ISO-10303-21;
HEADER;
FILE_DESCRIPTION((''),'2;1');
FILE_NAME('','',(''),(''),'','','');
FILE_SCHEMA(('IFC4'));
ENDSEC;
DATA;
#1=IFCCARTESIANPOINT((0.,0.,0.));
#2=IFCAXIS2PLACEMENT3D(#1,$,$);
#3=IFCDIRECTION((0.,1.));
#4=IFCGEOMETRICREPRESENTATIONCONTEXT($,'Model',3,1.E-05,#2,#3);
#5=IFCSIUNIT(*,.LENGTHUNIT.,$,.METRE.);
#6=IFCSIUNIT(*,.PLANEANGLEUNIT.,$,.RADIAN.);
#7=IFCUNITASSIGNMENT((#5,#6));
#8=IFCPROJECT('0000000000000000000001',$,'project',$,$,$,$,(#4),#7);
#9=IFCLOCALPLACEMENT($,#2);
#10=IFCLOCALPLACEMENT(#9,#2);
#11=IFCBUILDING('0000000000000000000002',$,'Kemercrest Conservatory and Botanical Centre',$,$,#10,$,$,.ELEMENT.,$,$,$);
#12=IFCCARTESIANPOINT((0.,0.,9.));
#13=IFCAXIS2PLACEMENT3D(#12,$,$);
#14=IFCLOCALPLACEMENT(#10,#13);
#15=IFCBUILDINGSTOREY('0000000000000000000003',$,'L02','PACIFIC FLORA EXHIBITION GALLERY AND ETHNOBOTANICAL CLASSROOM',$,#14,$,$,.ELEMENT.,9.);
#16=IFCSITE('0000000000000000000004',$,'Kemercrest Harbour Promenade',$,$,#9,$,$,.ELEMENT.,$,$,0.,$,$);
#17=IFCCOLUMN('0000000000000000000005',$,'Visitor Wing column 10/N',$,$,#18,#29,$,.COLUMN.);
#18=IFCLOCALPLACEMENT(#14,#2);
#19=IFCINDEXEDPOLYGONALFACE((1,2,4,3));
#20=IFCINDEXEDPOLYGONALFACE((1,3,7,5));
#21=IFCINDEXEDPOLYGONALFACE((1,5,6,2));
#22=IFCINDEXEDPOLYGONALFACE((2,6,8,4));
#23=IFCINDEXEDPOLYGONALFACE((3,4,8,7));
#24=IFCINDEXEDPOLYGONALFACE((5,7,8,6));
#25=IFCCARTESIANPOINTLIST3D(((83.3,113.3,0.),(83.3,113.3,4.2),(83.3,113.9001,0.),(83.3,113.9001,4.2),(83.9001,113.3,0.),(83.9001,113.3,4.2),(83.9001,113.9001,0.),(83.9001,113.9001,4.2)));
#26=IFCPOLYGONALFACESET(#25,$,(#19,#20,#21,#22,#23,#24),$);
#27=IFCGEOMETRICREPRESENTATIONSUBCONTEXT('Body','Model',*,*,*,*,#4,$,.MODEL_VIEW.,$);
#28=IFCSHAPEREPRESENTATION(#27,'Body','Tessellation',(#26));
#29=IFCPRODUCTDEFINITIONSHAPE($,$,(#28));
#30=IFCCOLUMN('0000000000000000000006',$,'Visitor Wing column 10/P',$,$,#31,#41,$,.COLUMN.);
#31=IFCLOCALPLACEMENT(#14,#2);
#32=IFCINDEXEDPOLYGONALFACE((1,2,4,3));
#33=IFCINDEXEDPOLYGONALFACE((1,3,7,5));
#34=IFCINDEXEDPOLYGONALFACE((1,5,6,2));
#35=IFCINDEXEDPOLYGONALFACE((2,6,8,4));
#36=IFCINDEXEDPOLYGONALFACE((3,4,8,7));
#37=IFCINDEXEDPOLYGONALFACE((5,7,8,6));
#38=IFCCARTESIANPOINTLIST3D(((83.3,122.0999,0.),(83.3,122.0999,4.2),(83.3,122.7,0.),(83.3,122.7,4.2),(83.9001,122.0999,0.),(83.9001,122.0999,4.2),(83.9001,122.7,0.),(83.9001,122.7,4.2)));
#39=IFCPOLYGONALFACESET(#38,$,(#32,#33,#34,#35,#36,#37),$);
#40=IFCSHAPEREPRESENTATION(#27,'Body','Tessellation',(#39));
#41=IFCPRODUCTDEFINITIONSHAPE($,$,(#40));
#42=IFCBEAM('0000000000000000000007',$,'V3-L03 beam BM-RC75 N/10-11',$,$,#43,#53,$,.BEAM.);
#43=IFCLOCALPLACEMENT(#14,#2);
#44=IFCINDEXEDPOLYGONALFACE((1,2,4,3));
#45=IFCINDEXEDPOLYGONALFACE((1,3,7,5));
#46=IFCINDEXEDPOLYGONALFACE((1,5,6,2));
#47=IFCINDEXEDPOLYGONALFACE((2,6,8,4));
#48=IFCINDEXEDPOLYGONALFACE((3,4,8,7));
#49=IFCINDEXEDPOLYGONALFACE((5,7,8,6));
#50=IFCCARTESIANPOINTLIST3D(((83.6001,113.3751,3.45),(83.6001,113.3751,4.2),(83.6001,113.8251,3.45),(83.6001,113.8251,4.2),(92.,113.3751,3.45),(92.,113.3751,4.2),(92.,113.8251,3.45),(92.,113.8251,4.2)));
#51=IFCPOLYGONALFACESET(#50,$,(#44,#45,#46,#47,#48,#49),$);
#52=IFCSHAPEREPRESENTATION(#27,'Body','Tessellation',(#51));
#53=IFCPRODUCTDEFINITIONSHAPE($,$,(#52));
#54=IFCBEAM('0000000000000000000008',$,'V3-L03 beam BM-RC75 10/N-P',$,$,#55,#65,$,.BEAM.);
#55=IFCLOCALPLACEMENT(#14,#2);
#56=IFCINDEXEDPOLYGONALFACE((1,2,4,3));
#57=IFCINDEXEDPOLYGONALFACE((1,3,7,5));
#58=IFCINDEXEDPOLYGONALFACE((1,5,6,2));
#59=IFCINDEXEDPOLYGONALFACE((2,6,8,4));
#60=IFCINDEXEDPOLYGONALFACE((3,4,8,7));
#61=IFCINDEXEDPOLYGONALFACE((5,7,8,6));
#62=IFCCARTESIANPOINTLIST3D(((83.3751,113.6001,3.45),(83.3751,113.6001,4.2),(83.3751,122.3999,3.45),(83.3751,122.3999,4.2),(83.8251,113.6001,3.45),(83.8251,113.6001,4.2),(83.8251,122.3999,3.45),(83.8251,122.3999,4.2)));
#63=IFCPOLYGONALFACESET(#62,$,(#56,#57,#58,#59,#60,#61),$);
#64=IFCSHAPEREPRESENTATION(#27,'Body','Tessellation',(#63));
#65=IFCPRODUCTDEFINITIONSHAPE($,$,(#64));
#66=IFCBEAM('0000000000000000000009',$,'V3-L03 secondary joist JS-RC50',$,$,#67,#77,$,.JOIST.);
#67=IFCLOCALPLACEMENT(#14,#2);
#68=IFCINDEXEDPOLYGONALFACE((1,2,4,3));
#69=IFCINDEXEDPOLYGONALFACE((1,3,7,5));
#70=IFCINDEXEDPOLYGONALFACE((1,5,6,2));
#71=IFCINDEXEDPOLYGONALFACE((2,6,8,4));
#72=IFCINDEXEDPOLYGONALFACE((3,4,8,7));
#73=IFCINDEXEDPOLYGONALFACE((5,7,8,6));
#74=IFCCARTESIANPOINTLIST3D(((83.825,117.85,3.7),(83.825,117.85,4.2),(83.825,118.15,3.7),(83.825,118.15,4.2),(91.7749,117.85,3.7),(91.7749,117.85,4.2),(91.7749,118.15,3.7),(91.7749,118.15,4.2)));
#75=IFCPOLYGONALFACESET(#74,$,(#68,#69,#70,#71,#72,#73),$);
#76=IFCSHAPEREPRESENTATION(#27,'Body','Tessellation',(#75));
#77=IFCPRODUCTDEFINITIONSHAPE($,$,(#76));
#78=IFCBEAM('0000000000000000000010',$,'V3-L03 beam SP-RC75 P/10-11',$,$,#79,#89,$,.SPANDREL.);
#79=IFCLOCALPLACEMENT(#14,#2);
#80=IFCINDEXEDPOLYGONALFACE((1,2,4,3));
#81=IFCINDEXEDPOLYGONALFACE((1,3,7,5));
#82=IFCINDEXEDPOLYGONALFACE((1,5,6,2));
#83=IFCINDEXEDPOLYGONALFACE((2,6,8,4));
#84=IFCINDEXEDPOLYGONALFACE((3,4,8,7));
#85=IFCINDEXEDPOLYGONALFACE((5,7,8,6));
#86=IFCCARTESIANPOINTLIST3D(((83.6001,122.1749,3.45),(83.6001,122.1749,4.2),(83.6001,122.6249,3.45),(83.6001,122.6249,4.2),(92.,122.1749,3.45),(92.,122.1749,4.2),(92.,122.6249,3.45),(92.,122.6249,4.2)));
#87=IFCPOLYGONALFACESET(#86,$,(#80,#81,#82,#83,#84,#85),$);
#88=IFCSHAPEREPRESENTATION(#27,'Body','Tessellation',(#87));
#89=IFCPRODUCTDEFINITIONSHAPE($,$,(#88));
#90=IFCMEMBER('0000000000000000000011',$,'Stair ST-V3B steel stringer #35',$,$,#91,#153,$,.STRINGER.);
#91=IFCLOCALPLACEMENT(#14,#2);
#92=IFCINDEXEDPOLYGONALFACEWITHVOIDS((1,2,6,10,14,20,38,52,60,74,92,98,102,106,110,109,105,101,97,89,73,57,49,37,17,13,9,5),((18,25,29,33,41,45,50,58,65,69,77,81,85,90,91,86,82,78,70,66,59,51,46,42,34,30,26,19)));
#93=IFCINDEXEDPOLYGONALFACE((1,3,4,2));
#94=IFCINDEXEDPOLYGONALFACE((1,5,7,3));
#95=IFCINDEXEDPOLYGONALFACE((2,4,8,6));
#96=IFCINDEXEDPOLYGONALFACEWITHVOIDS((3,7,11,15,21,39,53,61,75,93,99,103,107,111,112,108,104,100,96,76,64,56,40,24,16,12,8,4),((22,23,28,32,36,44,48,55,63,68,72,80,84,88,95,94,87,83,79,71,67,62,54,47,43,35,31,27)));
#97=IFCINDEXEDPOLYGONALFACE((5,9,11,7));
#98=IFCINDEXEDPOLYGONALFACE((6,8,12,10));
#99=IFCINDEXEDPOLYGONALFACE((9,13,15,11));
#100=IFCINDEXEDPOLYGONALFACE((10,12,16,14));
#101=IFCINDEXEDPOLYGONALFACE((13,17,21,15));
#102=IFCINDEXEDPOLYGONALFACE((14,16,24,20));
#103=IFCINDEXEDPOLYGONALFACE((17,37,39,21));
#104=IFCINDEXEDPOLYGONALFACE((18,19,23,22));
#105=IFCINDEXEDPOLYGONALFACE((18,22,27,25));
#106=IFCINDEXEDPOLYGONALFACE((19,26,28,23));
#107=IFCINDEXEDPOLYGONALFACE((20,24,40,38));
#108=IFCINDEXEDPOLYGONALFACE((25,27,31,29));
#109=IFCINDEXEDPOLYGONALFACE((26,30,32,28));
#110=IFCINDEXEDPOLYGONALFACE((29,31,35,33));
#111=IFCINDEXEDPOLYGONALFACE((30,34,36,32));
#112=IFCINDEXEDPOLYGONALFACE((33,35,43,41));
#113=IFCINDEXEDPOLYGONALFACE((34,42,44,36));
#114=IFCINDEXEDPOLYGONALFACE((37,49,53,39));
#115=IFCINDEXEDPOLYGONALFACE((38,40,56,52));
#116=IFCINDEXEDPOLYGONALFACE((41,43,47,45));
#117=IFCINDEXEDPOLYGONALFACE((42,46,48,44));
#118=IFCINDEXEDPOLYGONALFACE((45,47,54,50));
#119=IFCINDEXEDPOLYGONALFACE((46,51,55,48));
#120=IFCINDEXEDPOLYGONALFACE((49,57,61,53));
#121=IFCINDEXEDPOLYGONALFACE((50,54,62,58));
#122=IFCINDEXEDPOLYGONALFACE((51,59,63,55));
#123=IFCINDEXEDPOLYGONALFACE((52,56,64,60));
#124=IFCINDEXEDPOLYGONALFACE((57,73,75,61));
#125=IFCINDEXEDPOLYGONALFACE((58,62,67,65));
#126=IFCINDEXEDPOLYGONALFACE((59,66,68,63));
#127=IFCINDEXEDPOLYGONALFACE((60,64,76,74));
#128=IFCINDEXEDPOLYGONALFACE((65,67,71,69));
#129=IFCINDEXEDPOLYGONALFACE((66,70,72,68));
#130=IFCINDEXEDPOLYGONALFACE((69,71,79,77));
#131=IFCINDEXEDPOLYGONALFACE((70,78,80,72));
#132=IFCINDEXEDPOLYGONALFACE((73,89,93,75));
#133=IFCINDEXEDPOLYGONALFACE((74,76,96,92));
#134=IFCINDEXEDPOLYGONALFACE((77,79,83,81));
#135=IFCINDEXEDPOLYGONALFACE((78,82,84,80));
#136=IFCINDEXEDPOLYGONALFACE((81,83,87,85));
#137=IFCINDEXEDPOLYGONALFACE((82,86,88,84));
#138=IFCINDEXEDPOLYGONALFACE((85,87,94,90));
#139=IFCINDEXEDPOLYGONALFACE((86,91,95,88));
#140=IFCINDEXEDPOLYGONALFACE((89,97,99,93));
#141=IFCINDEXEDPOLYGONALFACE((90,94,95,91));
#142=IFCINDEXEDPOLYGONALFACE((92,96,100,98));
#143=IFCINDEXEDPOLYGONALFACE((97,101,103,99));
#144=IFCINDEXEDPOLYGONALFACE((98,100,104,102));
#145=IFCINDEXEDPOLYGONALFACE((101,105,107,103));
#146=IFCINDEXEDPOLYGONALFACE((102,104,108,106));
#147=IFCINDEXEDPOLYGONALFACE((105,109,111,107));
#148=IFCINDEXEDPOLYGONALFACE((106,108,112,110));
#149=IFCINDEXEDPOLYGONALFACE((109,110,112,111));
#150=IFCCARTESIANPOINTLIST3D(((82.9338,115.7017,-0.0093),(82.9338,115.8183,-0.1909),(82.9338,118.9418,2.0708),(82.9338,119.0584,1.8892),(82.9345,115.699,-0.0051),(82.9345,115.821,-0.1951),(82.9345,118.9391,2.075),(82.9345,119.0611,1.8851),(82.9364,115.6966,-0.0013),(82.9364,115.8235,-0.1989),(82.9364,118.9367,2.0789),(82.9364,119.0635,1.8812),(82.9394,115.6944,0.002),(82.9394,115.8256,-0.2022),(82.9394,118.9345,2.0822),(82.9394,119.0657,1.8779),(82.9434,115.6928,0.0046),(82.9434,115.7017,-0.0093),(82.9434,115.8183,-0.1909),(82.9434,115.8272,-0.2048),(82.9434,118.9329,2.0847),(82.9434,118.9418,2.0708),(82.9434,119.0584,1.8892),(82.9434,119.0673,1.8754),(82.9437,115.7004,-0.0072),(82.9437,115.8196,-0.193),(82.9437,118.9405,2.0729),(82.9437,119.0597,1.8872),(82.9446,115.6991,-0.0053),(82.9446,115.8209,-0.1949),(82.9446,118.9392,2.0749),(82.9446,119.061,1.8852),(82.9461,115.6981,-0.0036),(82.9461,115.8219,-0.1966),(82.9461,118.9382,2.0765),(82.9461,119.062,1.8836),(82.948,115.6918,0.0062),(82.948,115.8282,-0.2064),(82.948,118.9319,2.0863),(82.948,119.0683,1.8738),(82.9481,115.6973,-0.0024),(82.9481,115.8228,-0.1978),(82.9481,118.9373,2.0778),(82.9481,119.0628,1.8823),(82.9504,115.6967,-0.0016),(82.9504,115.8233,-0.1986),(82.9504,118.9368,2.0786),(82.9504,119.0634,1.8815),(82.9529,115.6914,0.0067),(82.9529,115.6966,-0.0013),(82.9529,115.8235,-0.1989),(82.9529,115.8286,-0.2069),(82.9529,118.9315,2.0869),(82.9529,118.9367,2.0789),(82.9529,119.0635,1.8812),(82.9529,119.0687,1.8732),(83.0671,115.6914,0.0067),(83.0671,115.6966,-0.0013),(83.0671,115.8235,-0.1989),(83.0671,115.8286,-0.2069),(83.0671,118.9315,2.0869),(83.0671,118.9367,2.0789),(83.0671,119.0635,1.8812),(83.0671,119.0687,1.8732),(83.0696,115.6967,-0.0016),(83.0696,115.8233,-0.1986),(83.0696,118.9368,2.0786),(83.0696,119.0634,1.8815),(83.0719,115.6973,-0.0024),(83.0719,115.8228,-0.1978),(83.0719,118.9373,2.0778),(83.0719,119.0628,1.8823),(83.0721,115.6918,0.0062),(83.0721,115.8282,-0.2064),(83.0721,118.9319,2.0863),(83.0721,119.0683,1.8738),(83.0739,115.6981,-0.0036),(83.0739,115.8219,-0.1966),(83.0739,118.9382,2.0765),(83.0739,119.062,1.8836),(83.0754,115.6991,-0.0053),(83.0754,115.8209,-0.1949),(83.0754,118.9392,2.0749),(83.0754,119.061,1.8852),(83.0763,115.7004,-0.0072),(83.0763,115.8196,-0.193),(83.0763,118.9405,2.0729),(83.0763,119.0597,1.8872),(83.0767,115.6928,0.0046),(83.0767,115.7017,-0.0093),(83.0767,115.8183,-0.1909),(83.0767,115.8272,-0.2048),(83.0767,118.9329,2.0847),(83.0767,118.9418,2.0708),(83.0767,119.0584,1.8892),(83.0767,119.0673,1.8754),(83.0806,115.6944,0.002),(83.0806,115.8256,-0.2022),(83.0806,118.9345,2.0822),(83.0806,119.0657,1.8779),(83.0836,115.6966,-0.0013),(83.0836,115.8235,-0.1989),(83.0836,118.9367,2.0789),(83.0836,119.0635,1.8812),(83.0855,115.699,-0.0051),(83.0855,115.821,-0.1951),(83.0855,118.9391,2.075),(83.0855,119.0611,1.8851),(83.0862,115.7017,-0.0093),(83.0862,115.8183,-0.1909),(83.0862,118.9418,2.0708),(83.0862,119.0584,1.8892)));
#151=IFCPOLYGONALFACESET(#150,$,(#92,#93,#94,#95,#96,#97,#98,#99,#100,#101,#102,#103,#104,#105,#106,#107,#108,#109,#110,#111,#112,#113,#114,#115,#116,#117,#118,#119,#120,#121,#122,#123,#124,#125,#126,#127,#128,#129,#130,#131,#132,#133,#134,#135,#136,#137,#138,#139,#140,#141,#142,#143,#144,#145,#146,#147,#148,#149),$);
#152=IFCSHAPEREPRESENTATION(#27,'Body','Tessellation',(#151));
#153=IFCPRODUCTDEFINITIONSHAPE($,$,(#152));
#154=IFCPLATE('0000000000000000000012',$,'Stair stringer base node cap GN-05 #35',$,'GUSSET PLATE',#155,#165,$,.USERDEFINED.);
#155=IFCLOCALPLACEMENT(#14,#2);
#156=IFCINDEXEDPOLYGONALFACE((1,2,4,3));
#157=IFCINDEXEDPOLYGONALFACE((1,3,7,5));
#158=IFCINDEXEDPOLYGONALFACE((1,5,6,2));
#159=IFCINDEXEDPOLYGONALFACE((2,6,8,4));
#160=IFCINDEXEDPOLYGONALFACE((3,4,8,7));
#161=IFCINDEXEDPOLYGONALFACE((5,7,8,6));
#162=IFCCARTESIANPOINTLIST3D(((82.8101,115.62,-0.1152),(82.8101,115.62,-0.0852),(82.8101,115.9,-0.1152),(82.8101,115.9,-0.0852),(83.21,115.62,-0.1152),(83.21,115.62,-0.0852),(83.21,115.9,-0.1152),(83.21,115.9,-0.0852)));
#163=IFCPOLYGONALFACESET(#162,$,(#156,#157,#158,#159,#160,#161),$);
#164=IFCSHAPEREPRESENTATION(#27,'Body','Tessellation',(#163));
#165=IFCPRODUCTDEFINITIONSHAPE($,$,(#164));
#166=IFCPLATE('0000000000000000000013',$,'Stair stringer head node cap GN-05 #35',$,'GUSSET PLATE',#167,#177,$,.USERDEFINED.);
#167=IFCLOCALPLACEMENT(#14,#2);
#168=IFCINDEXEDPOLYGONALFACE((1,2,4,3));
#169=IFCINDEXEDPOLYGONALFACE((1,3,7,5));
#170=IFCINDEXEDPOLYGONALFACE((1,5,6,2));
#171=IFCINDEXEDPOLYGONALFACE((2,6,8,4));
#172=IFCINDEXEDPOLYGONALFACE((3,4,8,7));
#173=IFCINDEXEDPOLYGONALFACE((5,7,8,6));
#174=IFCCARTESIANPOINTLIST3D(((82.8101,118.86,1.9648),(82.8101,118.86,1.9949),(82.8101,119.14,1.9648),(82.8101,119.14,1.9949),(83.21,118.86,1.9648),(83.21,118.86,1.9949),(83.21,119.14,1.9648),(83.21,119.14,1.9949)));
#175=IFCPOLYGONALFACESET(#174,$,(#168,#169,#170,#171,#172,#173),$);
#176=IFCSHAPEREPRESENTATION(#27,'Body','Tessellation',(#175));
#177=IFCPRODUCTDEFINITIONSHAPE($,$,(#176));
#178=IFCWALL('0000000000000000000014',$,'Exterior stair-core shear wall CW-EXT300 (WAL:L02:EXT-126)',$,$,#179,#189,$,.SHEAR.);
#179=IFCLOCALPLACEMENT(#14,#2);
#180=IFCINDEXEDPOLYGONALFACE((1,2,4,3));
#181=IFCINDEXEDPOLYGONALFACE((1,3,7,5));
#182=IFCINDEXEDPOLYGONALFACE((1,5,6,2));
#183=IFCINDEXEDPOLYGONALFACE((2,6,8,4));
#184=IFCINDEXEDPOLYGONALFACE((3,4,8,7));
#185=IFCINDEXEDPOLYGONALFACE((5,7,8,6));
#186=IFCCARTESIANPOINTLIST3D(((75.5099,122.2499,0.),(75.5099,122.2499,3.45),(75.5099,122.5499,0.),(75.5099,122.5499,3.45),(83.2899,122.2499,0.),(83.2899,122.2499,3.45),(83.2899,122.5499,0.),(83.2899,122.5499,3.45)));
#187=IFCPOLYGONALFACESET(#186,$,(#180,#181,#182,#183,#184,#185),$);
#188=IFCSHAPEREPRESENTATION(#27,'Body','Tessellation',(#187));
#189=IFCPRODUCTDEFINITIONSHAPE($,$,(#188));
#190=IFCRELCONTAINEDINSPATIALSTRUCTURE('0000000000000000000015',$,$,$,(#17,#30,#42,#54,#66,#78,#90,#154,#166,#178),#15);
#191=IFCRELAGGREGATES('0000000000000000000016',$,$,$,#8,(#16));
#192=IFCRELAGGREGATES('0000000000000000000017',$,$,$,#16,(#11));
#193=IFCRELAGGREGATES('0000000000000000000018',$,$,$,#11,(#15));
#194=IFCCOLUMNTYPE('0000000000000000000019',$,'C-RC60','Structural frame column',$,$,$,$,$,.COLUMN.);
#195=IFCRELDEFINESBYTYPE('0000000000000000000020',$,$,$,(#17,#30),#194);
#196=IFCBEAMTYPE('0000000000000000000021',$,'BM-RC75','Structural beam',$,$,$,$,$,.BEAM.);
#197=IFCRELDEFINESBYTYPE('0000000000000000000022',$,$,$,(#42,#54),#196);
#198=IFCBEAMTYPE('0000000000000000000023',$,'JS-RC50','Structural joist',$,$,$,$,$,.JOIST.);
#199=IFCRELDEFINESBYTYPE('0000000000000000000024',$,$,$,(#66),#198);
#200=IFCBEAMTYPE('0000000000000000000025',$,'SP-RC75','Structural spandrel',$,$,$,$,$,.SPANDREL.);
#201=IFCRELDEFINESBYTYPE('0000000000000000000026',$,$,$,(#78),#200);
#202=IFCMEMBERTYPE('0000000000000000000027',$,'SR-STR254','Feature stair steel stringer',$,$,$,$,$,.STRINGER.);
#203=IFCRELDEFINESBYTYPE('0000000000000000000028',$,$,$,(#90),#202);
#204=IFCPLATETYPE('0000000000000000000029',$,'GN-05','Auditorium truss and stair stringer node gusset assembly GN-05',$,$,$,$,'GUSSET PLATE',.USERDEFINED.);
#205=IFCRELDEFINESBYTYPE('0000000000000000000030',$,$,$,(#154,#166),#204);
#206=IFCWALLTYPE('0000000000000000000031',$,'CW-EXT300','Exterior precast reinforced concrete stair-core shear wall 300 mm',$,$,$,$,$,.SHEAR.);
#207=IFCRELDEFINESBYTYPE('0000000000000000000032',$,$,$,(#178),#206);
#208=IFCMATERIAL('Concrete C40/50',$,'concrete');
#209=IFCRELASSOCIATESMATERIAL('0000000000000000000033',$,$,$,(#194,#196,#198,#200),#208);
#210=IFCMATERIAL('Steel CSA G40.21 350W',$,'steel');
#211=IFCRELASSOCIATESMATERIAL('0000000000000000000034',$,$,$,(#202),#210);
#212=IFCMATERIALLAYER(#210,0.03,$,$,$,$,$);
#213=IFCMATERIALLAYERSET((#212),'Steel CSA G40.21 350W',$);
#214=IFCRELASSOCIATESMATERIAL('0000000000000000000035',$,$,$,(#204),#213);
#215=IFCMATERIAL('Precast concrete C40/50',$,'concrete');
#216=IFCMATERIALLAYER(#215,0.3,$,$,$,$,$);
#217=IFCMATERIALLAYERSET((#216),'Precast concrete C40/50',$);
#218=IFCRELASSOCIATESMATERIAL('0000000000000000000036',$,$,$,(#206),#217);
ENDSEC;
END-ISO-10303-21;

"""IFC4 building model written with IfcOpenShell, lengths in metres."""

from ifc_helpers import new_model, si_unit, direction, frame, frame_2d, origin, origin_2d, place, context, subcontext, project, spatial, rectangle, hollow_rectangle, extrude, material, layer, layer_set, material_profile, profile_set, type_object, element, save


model = new_model("IFC4")

# Units and contexts
model_context = context("Model", 3, precision=1e-05, world=origin(), true_north=direction((0.0, 1.0)))
body_context = subcontext(model_context, "Body", "Model", "MODEL_VIEW")
ifc_project = project(units=[si_unit("LENGTHUNIT", "METRE"), si_unit("PLANEANGLEUNIT", "RADIAN")], contexts=[model_context])

# Site, building, storey
site_placement = place(None, origin())
site = spatial("IfcSite", under=ifc_project, at=site_placement, Name="Kemercrest Harbour Promenade", CompositionType="ELEMENT", RefElevation=0.0)
building_placement = place(site_placement, origin())
building = spatial("IfcBuilding", under=site, at=building_placement, Name="Kemercrest Conservatory and Botanical Centre", CompositionType="ELEMENT")
storey_placement = place(building_placement, frame((0.0, 0.0, 9.0)))
storey = spatial("IfcBuildingStorey", under=building, at=storey_placement, Name="L02", Description="PACIFIC FLORA EXHIBITION GALLERY AND ETHNOBOTANICAL CLASSROOM", CompositionType="ELEMENT", Elevation=9.0)

# Columns
ifc_material_1 = material(Name="Concrete C40/50", Category="concrete")
ifc_material_profile_1 = material_profile(ifc_material_1, rectangle(XDim=0.6001, YDim=0.6001, at=origin_2d()), Name="RC 600x600")
ifc_profile_set_1 = profile_set([ifc_material_profile_1], Name="Concrete C40/50")
column_type = type_object("IfcColumnType", Name="C-RC60", Description="Structural frame column", PredefinedType="COLUMN", material=ifc_profile_set_1)
for number, where, z_axis, x_axis, name in (
    (1, (83.6001, 113.6001, 0.0), (0.0, 0.0, 1.0), (1.0, 0.0, 0.0), "Visitor Wing column 10/N"),
    (2, (83.6001, 122.3999, 0.0), (0.0, 0.0, 1.0), (1.0, 0.0, 0.0), "Visitor Wing column 10/P"),
):
    element("IfcColumn", number, at=place(storey_placement, frame(where, z_axis=z_axis, x_axis=x_axis)), inside=storey, type_object=column_type, Name=name, PredefinedType="COLUMN", context=body_context, shape_type="SweptSolid", body=[
        extrude(rectangle(XDim=0.6001, YDim=0.6001, at=origin_2d()), origin(), (0.0, 0.0, 1.0), 4.2),
    ])

# Beams
ifc_material_profile_2 = material_profile(ifc_material_1, rectangle(XDim=0.45, YDim=0.75, at=origin_2d()), Name="RC 450x750")
ifc_profile_set_2 = profile_set([ifc_material_profile_2], Name="Concrete C40/50")
beam_type_1 = type_object("IfcBeamType", Name="BM-RC75", Description="Structural beam", PredefinedType="BEAM", material=ifc_profile_set_2)
beam_1_placement = place(storey_placement, frame((83.6001, 113.6001, 3.825), z_axis=(1.0, 0.0, 0.0), x_axis=(0.0, 1.0, 0.0)))
element("IfcBeam", 3, at=beam_1_placement, inside=storey, type_object=beam_type_1, Name="V3-L03 beam BM-RC75 N/10-11", PredefinedType="BEAM", context=body_context, shape_type="SweptSolid", body=[
    extrude(rectangle(XDim=0.45, YDim=0.75, at=origin_2d()), origin(), (0.0, 0.0, 1.0), 8.3999),
])
beam_2_placement = place(storey_placement, frame((83.6001, 113.6001, 3.825), z_axis=(0.0, 1.0, 0.0), x_axis=(-1.0, 0.0, 0.0)))
element("IfcBeam", 4, at=beam_2_placement, inside=storey, type_object=beam_type_1, Name="V3-L03 beam BM-RC75 10/N-P", PredefinedType="BEAM", context=body_context, shape_type="SweptSolid", body=[
    extrude(rectangle(XDim=0.45, YDim=0.75, at=origin_2d()), origin(), (0.0, 0.0, 1.0), 8.7998),
])
ifc_material_profile_3 = material_profile(ifc_material_1, rectangle(XDim=0.3, YDim=0.5, at=origin_2d()), Name="RC 300x500")
ifc_profile_set_3 = profile_set([ifc_material_profile_3], Name="Concrete C40/50")
beam_type_2 = type_object("IfcBeamType", Name="JS-RC50", Description="Structural joist", PredefinedType="JOIST", material=ifc_profile_set_3)
beam_3_placement = place(storey_placement, frame((83.825, 118.0, 3.95), z_axis=(1.0, 0.0, 0.0), x_axis=(0.0, 1.0, 0.0)))
element("IfcBeam", 5, at=beam_3_placement, inside=storey, type_object=beam_type_2, Name="V3-L03 secondary joist JS-RC50", PredefinedType="JOIST", context=body_context, shape_type="SweptSolid", body=[
    extrude(rectangle(XDim=0.3, YDim=0.5, at=origin_2d()), origin(), (0.0, 0.0, 1.0), 7.95),
])
ifc_material_profile_4 = material_profile(ifc_material_1, rectangle(XDim=0.45, YDim=0.75, at=origin_2d()), Name="RC 450x750")
ifc_profile_set_4 = profile_set([ifc_material_profile_4], Name="Concrete C40/50")
beam_type_3 = type_object("IfcBeamType", Name="SP-RC75", Description="Structural spandrel", PredefinedType="SPANDREL", material=ifc_profile_set_4)
beam_4_placement = place(storey_placement, frame((83.6001, 122.3999, 3.825), z_axis=(1.0, 0.0, 0.0), x_axis=(0.0, 1.0, 0.0)))
element("IfcBeam", 6, at=beam_4_placement, inside=storey, type_object=beam_type_3, Name="V3-L03 beam SP-RC75 P/10-11", PredefinedType="SPANDREL", context=body_context, shape_type="SweptSolid", body=[
    extrude(rectangle(XDim=0.45, YDim=0.75, at=origin_2d()), origin(), (0.0, 0.0, 1.0), 8.3999),
])

# Member
ifc_material_2 = material(Name="Steel CSA G40.21 350W", Category="steel")
ifc_material_profile_5 = material_profile(ifc_material_2, hollow_rectangle(XDim=0.1523, YDim=0.2539, WallThickness=0.0095, InnerFilletRadius=0.0095, OuterFilletRadius=0.019, at=origin_2d()), Name="HSS 254x152x9.5")
ifc_profile_set_5 = profile_set([ifc_material_profile_5], Name="Steel CSA G40.21 350W")
member_type = type_object("IfcMemberType", Name="SR-STR254", Description="Feature stair steel stringer", PredefinedType="STRINGER", material=ifc_profile_set_5)
member_placement = place(storey_placement, frame((83.01, 115.76, -0.1001), z_axis=(0.0, 0.841506, 0.540248), x_axis=(-1.0, 0.0, 0.0)))
element("IfcMember", 7, at=member_placement, inside=storey, type_object=member_type, Name="Stair ST-V3B steel stringer #35", PredefinedType="STRINGER", context=body_context, shape_type="SweptSolid", body=[
    extrude(hollow_rectangle(XDim=0.1523, YDim=0.2539, WallThickness=0.0095, InnerFilletRadius=0.0095, OuterFilletRadius=0.019, at=origin_2d()), origin(), (0.0, 0.0, 1.0), 3.8503),
])

# Plates
ifc_layer_1 = layer(ifc_material_2, 0.03)
ifc_layer_set_1 = layer_set([ifc_layer_1], Name="Steel CSA G40.21 350W")
plate_type = type_object("IfcPlateType", Name="GN-05", Description="Auditorium truss and stair stringer node gusset assembly GN-05", ElementType="GUSSET PLATE", PredefinedType="USERDEFINED", material=ifc_layer_set_1)
for number, where, z_axis, x_axis, name in (
    (8, (83.01, 115.76, -0.1152), (0.0, 0.0, 1.0), (1.0, 0.0, 0.0), "Stair stringer base node cap GN-05 #35"),
    (9, (83.01, 119.0, 1.9648), (0.0, 0.0, 1.0), (1.0, 0.0, 0.0), "Stair stringer head node cap GN-05 #35"),
):
    element("IfcPlate", number, at=place(storey_placement, frame(where, z_axis=z_axis, x_axis=x_axis)), inside=storey, type_object=plate_type, Name=name, ObjectType="GUSSET PLATE", PredefinedType="USERDEFINED", context=body_context, shape_type="SweptSolid", body=[
        extrude(rectangle(XDim=0.3999, YDim=0.28, at=origin_2d()), origin(), (0.0, 0.0, 1.0), 0.03),
    ])

# Wall
ifc_material_3 = material(Name="Precast concrete C40/50", Category="concrete")
ifc_layer_2 = layer(ifc_material_3, 0.3)
ifc_layer_set_2 = layer_set([ifc_layer_2], Name="Precast concrete C40/50")
wall_type_1 = type_object("IfcWallType", Name="CW-EXT300", Description="Exterior precast reinforced concrete stair-core shear wall 300 mm", PredefinedType="SHEAR", material=ifc_layer_set_2)
wall_1_placement = place(storey_placement, frame((83.29, 122.3999, 0.0), z_axis=(0.0, 0.0, 1.0), x_axis=(-1.0, 0.0, 0.0)))
element("IfcWall", 10, at=wall_1_placement, inside=storey, type_object=wall_type_1, Name="Exterior stair-core shear wall CW-EXT300 (WAL:L02:EXT-126)", PredefinedType="SHEAR", context=body_context, shape_type="SweptSolid", body=[
    extrude(rectangle(XDim=7.78, YDim=0.3, at=frame_2d((3.8901, 0.0))), origin(), (0.0, 0.0, 1.0), 3.45),
])

save(model, "model.ifc")
